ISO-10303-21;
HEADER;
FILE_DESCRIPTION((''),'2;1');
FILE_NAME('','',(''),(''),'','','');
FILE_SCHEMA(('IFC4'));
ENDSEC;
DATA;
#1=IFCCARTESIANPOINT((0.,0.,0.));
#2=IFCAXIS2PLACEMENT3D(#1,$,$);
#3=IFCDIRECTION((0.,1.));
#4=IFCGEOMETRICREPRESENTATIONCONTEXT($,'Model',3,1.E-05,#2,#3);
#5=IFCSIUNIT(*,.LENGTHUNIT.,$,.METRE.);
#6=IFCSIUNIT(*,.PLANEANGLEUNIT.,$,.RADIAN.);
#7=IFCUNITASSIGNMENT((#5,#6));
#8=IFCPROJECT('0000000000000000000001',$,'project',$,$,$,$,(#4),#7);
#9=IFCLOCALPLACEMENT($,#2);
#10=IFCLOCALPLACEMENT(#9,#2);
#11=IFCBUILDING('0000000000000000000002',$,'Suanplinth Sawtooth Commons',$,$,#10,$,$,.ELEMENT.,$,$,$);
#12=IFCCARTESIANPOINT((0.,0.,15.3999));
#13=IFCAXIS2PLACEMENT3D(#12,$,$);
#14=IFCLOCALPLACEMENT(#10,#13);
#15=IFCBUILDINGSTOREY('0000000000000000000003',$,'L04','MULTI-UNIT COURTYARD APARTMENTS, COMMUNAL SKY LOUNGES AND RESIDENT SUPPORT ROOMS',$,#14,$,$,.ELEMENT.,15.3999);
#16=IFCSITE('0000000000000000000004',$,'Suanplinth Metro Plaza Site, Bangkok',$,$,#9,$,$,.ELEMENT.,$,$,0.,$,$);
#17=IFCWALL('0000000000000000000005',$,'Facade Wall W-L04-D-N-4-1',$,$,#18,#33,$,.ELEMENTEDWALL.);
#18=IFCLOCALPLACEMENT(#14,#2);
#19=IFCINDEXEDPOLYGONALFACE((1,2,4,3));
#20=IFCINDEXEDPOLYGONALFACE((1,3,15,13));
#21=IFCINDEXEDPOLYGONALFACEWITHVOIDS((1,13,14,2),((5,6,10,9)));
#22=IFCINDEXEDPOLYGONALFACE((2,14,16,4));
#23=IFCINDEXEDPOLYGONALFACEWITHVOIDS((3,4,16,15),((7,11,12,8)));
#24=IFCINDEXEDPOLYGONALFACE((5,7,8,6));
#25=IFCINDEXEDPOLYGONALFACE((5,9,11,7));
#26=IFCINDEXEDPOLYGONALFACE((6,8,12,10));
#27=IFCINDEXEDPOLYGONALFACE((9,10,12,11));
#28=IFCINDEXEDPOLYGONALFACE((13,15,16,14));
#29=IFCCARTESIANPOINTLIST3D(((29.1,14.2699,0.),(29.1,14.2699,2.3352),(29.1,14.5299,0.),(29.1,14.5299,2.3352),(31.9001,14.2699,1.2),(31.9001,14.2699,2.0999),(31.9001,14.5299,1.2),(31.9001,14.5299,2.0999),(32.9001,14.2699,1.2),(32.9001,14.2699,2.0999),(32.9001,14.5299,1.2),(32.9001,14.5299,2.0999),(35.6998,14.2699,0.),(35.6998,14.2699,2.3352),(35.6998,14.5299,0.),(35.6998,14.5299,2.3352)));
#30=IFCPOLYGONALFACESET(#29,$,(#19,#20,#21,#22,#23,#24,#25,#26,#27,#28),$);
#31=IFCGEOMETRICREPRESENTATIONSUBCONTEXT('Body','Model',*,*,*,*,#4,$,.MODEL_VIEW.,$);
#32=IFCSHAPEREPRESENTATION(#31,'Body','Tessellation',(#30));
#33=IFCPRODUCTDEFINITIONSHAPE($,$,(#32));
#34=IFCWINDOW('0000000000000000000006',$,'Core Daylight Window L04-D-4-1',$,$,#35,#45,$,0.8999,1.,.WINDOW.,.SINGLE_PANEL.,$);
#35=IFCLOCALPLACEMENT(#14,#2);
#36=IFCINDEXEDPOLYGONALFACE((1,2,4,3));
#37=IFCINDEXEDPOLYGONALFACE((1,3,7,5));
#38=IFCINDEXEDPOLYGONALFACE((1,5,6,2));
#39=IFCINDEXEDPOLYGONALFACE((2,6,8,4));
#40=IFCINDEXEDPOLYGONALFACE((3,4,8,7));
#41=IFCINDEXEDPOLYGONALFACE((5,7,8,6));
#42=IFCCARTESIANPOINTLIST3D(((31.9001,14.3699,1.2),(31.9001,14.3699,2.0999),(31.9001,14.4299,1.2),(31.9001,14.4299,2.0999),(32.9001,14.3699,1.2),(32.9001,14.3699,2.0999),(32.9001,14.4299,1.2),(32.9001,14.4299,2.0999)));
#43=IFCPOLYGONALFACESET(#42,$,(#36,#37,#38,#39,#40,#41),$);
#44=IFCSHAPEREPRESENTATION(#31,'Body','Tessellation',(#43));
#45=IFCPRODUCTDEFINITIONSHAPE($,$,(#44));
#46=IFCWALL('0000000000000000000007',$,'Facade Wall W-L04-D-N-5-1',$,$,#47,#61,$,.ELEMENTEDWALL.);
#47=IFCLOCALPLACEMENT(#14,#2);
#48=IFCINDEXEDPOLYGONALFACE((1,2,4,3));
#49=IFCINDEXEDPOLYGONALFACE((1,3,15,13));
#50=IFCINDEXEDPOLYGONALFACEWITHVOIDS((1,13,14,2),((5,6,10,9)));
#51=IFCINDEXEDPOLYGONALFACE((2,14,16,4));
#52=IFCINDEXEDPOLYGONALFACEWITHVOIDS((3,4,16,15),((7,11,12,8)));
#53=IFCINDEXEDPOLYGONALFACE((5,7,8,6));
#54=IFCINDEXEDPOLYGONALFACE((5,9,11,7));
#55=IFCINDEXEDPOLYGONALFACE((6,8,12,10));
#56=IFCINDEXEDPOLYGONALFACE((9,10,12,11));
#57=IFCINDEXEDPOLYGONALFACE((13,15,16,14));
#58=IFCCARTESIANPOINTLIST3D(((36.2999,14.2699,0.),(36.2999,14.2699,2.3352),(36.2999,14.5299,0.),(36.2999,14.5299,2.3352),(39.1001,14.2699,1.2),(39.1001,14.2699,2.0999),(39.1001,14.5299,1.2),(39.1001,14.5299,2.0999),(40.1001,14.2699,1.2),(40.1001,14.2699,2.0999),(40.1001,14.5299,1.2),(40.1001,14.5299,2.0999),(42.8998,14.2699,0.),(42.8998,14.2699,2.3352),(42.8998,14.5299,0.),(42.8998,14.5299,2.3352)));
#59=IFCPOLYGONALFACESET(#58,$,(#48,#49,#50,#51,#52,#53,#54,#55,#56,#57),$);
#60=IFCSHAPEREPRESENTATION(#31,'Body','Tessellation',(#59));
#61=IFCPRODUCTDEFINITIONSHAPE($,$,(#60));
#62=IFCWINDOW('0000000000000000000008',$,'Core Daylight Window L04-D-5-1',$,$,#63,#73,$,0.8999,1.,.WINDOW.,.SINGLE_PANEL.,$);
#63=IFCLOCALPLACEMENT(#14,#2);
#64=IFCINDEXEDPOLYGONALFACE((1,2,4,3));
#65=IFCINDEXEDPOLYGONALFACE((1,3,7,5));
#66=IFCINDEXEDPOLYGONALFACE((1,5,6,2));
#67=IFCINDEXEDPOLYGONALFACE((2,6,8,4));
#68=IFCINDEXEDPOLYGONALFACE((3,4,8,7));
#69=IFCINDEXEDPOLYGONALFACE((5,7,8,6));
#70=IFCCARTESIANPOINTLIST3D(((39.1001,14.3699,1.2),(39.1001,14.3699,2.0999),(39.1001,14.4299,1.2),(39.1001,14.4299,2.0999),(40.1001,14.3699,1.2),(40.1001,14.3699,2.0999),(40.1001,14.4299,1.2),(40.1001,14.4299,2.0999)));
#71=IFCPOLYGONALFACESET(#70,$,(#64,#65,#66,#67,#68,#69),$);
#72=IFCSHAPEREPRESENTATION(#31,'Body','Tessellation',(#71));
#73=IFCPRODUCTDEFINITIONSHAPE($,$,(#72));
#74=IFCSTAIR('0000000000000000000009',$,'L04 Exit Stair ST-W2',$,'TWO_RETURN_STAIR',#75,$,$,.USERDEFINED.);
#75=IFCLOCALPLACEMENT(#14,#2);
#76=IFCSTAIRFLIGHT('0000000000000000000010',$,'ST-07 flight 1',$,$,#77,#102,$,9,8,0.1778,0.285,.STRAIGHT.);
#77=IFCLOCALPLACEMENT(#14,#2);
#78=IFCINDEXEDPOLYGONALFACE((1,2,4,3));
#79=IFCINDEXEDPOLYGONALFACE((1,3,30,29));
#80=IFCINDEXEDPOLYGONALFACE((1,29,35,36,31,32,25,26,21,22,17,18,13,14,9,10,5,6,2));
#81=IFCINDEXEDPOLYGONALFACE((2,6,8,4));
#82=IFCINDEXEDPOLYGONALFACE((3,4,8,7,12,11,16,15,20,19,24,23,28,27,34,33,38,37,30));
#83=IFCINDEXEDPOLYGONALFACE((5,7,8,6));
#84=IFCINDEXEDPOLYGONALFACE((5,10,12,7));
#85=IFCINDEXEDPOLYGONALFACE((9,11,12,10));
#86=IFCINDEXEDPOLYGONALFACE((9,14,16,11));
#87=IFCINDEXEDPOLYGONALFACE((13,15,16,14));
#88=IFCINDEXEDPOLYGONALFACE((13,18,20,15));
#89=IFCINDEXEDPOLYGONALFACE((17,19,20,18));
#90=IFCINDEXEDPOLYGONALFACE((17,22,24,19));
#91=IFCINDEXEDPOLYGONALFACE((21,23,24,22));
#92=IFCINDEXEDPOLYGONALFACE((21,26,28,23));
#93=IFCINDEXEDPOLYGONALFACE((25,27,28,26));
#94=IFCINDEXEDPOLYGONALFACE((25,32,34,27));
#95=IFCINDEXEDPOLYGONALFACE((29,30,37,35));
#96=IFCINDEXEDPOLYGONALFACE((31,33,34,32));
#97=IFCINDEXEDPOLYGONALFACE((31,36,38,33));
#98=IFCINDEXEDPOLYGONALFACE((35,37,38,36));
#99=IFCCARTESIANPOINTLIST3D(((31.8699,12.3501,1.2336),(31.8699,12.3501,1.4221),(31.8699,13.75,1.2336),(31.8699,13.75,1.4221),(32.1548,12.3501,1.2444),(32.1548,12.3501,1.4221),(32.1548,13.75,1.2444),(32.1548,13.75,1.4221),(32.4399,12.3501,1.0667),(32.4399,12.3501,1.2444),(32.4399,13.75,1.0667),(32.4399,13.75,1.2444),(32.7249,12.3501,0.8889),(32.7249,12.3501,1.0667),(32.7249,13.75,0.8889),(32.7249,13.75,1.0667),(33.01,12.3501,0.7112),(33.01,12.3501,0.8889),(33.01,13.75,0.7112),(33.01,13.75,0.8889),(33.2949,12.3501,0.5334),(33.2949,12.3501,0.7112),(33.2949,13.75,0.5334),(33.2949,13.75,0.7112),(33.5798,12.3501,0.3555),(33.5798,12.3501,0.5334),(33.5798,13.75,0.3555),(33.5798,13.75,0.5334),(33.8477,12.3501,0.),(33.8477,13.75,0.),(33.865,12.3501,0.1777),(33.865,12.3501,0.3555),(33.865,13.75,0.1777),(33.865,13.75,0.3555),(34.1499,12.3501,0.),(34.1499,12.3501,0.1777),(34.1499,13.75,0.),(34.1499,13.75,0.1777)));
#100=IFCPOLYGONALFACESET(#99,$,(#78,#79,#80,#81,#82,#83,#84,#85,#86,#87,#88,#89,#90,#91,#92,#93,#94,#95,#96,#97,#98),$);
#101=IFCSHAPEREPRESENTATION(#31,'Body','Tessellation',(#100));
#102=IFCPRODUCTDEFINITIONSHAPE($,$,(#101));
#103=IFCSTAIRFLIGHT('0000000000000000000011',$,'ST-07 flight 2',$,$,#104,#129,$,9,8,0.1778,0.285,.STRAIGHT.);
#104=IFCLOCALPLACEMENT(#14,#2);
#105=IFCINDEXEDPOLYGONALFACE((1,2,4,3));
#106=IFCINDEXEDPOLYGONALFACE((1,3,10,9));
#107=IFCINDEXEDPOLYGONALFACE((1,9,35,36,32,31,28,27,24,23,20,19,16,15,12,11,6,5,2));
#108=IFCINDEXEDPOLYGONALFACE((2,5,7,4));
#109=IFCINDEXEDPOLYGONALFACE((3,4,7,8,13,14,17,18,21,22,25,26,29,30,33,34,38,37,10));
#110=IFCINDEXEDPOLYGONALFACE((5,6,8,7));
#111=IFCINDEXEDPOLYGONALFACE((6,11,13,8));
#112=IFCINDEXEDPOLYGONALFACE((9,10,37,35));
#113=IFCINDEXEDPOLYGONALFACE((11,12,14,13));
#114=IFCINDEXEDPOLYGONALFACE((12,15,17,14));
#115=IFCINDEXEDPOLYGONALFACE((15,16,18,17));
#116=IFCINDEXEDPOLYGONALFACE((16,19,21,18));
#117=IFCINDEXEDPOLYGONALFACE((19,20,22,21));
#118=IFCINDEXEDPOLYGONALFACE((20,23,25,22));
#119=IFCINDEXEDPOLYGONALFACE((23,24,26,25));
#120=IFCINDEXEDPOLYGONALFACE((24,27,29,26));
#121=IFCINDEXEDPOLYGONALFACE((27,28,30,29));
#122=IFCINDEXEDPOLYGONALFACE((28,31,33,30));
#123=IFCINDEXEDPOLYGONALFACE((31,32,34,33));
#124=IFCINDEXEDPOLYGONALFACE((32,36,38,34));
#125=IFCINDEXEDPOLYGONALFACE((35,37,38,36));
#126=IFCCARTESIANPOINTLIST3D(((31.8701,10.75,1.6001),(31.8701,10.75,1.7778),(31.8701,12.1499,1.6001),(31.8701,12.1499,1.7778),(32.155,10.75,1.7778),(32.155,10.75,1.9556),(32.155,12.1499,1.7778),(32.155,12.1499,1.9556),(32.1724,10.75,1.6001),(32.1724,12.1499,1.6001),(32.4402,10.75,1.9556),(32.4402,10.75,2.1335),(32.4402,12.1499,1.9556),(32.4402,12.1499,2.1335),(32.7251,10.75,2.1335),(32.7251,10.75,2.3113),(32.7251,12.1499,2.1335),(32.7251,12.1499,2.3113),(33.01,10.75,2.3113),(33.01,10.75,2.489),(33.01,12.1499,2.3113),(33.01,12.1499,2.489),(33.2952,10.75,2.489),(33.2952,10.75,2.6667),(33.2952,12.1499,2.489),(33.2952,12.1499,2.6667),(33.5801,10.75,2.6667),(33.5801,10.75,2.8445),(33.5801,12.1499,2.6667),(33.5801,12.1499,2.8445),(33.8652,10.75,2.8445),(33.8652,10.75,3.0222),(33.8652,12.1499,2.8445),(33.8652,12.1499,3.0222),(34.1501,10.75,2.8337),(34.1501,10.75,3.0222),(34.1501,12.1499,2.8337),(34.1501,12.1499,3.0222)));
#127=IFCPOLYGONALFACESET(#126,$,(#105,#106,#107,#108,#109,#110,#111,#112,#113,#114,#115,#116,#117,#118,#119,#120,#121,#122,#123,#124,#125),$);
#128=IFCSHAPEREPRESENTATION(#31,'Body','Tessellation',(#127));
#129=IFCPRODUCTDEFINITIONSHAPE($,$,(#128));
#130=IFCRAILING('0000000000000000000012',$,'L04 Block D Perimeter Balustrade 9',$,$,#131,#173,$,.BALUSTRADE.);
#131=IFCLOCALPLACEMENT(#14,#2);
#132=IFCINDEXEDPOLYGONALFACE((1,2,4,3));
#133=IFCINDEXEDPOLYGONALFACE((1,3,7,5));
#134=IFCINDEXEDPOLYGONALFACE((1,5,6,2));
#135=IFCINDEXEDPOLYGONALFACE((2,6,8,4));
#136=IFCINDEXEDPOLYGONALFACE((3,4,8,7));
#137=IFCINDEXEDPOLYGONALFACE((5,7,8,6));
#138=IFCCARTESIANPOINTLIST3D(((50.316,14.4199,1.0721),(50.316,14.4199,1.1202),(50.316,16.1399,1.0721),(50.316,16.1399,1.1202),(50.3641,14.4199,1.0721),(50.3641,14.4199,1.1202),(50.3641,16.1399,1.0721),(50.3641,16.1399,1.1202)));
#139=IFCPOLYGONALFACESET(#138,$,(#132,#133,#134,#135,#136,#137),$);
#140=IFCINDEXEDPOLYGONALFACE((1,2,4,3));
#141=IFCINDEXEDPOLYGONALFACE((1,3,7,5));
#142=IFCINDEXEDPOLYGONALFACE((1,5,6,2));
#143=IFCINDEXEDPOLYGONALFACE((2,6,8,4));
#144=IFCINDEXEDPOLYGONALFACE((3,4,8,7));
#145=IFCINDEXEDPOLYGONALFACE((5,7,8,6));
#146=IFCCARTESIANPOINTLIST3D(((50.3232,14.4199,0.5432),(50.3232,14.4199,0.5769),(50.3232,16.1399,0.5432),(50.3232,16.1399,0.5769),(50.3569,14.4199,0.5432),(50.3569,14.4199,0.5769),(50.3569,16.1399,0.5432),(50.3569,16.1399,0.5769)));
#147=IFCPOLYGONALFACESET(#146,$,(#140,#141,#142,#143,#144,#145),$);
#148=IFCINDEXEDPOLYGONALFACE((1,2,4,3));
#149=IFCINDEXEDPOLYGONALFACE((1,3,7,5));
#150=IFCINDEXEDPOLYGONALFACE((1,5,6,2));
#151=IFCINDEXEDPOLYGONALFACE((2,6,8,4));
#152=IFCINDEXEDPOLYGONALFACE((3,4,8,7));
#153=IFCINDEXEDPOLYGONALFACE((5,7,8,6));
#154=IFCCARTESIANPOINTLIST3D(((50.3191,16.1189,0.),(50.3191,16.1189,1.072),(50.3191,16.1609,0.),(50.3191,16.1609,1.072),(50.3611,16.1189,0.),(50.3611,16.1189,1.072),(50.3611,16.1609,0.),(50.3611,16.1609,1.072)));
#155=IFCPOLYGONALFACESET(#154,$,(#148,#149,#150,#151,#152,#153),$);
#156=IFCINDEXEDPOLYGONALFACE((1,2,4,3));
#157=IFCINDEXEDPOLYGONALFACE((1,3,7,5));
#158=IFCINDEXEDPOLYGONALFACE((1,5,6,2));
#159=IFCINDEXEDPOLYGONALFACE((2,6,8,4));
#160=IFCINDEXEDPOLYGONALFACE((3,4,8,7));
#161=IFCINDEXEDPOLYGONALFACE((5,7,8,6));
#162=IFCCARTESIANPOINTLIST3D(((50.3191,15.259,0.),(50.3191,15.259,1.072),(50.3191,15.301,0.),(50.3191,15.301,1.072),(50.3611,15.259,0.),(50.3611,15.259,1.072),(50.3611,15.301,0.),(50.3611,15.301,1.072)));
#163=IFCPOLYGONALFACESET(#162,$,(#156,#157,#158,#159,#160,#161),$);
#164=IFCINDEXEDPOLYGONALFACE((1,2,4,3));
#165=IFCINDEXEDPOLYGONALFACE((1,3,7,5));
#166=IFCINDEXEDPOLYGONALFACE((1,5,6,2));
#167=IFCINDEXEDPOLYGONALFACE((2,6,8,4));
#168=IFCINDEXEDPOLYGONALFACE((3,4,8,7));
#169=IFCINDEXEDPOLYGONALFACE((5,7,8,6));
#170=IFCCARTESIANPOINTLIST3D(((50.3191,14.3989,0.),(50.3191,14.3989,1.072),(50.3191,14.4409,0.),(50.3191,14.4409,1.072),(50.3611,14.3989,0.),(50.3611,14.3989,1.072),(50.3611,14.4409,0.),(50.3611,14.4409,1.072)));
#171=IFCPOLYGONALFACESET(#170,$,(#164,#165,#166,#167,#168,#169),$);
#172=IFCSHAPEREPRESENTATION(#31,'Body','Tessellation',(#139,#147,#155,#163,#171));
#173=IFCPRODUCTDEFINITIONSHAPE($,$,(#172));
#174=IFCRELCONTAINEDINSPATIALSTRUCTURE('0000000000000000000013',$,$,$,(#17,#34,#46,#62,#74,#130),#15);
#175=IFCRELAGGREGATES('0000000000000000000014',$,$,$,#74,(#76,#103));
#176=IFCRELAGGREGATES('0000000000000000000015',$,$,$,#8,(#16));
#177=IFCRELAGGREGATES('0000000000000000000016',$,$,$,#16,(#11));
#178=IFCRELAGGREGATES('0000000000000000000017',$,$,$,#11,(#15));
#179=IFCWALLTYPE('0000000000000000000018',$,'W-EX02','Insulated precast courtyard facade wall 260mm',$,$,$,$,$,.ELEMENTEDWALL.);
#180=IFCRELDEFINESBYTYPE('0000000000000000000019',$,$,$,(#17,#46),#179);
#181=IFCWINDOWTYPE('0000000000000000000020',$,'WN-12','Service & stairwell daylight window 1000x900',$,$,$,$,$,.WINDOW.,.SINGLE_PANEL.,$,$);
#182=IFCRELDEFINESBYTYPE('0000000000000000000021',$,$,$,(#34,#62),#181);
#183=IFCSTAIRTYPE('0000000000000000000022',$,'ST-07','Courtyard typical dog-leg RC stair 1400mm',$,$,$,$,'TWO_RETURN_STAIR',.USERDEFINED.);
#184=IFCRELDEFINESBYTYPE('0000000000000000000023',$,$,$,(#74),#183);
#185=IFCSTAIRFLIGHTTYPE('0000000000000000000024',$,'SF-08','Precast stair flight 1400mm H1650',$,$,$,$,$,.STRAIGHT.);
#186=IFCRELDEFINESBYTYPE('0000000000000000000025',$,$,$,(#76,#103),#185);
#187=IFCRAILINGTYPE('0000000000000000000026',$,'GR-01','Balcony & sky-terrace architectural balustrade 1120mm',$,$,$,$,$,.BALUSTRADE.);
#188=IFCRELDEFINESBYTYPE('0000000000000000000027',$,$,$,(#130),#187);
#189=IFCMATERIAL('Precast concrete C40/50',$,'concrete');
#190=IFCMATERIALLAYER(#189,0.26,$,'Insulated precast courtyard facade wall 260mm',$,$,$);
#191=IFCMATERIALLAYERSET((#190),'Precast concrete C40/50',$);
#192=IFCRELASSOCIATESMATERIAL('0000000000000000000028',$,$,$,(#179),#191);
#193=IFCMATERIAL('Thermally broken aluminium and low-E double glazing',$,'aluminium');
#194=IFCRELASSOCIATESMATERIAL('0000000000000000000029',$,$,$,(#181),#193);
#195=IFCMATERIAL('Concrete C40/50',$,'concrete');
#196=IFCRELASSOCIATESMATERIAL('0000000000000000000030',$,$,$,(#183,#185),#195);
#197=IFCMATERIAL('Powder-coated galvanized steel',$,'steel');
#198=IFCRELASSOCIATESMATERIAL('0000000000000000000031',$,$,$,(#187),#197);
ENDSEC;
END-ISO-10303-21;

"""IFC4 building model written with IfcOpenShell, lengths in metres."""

from ifc_helpers import new_model, si_unit, direction, frame, frame_2d, origin, origin_2d, place, context, subcontext, project, spatial, polyline, rectangle, outline, extrude, material, layer, layer_set, type_object, element, fill, aggregate, save


model = new_model("IFC4")

# Units and contexts
model_context = context("Model", 3, precision=1e-05, world=origin(), true_north=direction((0.0, 1.0)))
body_context = subcontext(model_context, "Body", "Model", "MODEL_VIEW")
ifc_project = project(units=[si_unit("LENGTHUNIT", "METRE"), si_unit("PLANEANGLEUNIT", "RADIAN")], contexts=[model_context])

# Site, building, storey
site_placement = place(None, origin())
site = spatial("IfcSite", under=ifc_project, at=site_placement, Name="Suanplinth Metro Plaza Site, Bangkok", CompositionType="ELEMENT", RefElevation=0.0)
building_placement = place(site_placement, origin())
building = spatial("IfcBuilding", under=site, at=building_placement, Name="Suanplinth Sawtooth Commons", CompositionType="ELEMENT")
storey_placement = place(building_placement, frame((0.0, 0.0, 15.3999)))
storey = spatial("IfcBuildingStorey", under=building, at=storey_placement, Name="L04", Description="MULTI-UNIT COURTYARD APARTMENTS, COMMUNAL SKY LOUNGES AND RESIDENT SUPPORT ROOMS", CompositionType="ELEMENT", Elevation=15.3999)

# Shared definitions
ifc_material_1 = material(Name="Precast concrete C40/50", Category="concrete")

# Shared definitions
ifc_material_2 = material(Name="Concrete C40/50", Category="concrete")

# Walls, openings, windows
ifc_layer_1 = layer(ifc_material_1, 0.26, Name="Insulated precast courtyard facade wall 260mm")
ifc_layer_set_1 = layer_set([ifc_layer_1], Name="Precast concrete C40/50")
wall_type_1 = type_object("IfcWallType", Name="W-EX02", Description="Insulated precast courtyard facade wall 260mm", PredefinedType="ELEMENTEDWALL", material=ifc_layer_set_1)
wall_1_placement = place(storey_placement, frame((29.1001, 14.3999, 0.0), z_axis=(0.0, 0.0, 1.0), x_axis=(1.0, 0.0, 0.0)))
wall_1 = element("IfcWall", 1, at=wall_1_placement, inside=storey, type_object=wall_type_1, Name="Facade Wall W-L04-D-N-4-1", PredefinedType="ELEMENTEDWALL", context=body_context, shape_type="SweptSolid", body=[
    extrude(rectangle(XDim=6.5999, YDim=0.26, at=frame_2d((3.2998, 0.0))), origin(), (0.0, 0.0, 1.0), 2.3352),
])
opening_1_placement = place(wall_1_placement, frame((2.8, 0.0, 1.2)))
opening_1 = element("IfcOpeningElement", 2, at=opening_1_placement, cuts=wall_1, PredefinedType="OPENING", context=body_context, shape_type="SweptSolid", body=[
    extrude(rectangle(XDim=1.0, YDim=0.8999, at=frame_2d((0.5, 0.45))), frame((0.0, 0.145, 0.0), z_axis=(0.0, -1.0, 0.0), x_axis=(1.0, 0.0, 0.0)), (0.0, 0.0, 1.0), 0.2898),
])
ifc_material_3 = material(Name="Thermally broken aluminium and low-E double glazing", Category="aluminium")
window_type_1 = type_object("IfcWindowType", Name="WN-12", Description="Service & stairwell daylight window 1000x900", PartitioningType="SINGLE_PANEL", PredefinedType="WINDOW", material=ifc_material_3)
window_1_placement = place(opening_1_placement, origin())
window_1 = element("IfcWindow", 3, at=window_1_placement, inside=storey, type_object=window_type_1, Name="Core Daylight Window L04-D-4-1", OverallHeight=0.8999, OverallWidth=1.0, PartitioningType="SINGLE_PANEL", PredefinedType="WINDOW", context=body_context, shape_type="SweptSolid", body=[
    extrude(rectangle(XDim=1.0, YDim=0.8999, at=frame_2d((0.5, 0.45))), frame((0.0, 0.03, 0.0), z_axis=(0.0, -1.0, 0.0), x_axis=(1.0, 0.0, 0.0)), (0.0, 0.0, 1.0), 0.0601),
])
fill(opening_1, window_1)
wall_2_placement = place(storey_placement, frame((36.3, 14.3999, 0.0), z_axis=(0.0, 0.0, 1.0), x_axis=(1.0, 0.0, 0.0)))
wall_2 = element("IfcWall", 4, at=wall_2_placement, inside=storey, type_object=wall_type_1, Name="Facade Wall W-L04-D-N-5-1", PredefinedType="ELEMENTEDWALL", context=body_context, shape_type="SweptSolid", body=[
    extrude(rectangle(XDim=6.5999, YDim=0.26, at=frame_2d((3.2998, 0.0))), origin(), (0.0, 0.0, 1.0), 2.3352),
])
opening_2_placement = place(wall_2_placement, frame((2.8, 0.0, 1.2)))
opening_2 = element("IfcOpeningElement", 5, at=opening_2_placement, cuts=wall_2, PredefinedType="OPENING", context=body_context, shape_type="SweptSolid", body=[
    extrude(rectangle(XDim=1.0, YDim=0.8999, at=frame_2d((0.5, 0.45))), frame((0.0, 0.145, 0.0), z_axis=(0.0, -1.0, 0.0), x_axis=(1.0, 0.0, 0.0)), (0.0, 0.0, 1.0), 0.2898),
])
window_2_placement = place(opening_2_placement, origin())
window_2 = element("IfcWindow", 6, at=window_2_placement, inside=storey, type_object=window_type_1, Name="Core Daylight Window L04-D-5-1", OverallHeight=0.8999, OverallWidth=1.0, PartitioningType="SINGLE_PANEL", PredefinedType="WINDOW", context=body_context, shape_type="SweptSolid", body=[
    extrude(rectangle(XDim=1.0, YDim=0.8999, at=frame_2d((0.5, 0.45))), frame((0.0, 0.03, 0.0), z_axis=(0.0, -1.0, 0.0), x_axis=(1.0, 0.0, 0.0)), (0.0, 0.0, 1.0), 0.0601),
])
fill(opening_2, window_2)

# Stair, stair flights
stair_type = type_object("IfcStairType", Name="ST-07", Description="Courtyard typical dog-leg RC stair 1400mm", ElementType="TWO_RETURN_STAIR", PredefinedType="USERDEFINED", material=ifc_material_2)
stair_placement = place(storey_placement, origin())
stair = element("IfcStair", 7, at=stair_placement, inside=storey, type_object=stair_type, Name="L04 Exit Stair ST-W2", ObjectType="TWO_RETURN_STAIR", PredefinedType="USERDEFINED")
stair_flight_type = type_object("IfcStairFlightType", Name="SF-08", Description="Precast stair flight 1400mm H1650", PredefinedType="STRAIGHT", material=ifc_material_2)
stair_flight_1_placement = place(storey_placement, frame((34.1499, 13.05, 0.0), z_axis=(0.0, 0.0, 1.0), x_axis=(-1.0, 0.0, 0.0)))
stair_flight_1 = element("IfcStairFlight", 8, at=stair_flight_1_placement, type_object=stair_flight_type, Name="ST-07 flight 1", NumberOfRisers=9, NumberOfTreads=8, PredefinedType="STRAIGHT", RiserHeight=0.1778, TreadLength=0.285, context=body_context, shape_type="SweptSolid", body=[
    extrude(outline(polyline([(0.0, 0.0), (0.0, 0.1777), (0.2849, 0.1777), (0.2849, 0.3555), (0.5701, 0.3555), (0.5701, 0.5334), (0.855, 0.5334), (0.855, 0.7112), (1.1399, 0.7112), (1.1399, 0.8889), (1.425, 0.8889), (1.425, 1.0667), (1.71, 1.0667), (1.71, 1.2444), (1.9951, 1.2444), (1.9951, 1.4221), (2.28, 1.4221), (2.28, 1.6001), (2.28, 1.2336), (0.3022, 0.0), (0.0, 0.0)])), frame((0.0, 0.7, 0.0), z_axis=(0.0, -1.0, 0.0), x_axis=(1.0, 0.0, 0.0)), (0.0, 0.0, 1.0), 1.3999),
])
stair_flight_2_placement = place(storey_placement, frame((31.8701, 11.45, 1.6001), z_axis=(0.0, 0.0, 1.0), x_axis=(1.0, 0.0, 0.0)))
stair_flight_2 = element("IfcStairFlight", 9, at=stair_flight_2_placement, type_object=stair_flight_type, Name="ST-07 flight 2", NumberOfRisers=9, NumberOfTreads=8, PredefinedType="STRAIGHT", RiserHeight=0.1778, TreadLength=0.285, context=body_context, shape_type="SweptSolid", body=[
    extrude(outline(polyline([(0.0, 0.0), (0.0, 0.1777), (0.2849, 0.1777), (0.2849, 0.3555), (0.5701, 0.3555), (0.5701, 0.5334), (0.855, 0.5334), (0.855, 0.7112), (1.1399, 0.7112), (1.1399, 0.8889), (1.425, 0.8889), (1.425, 1.0667), (1.71, 1.0667), (1.71, 1.2444), (1.9951, 1.2444), (1.9951, 1.4221), (2.28, 1.4221), (2.28, 1.6001), (2.28, 1.2336), (0.3022, 0.0), (0.0, 0.0)])), frame((0.0, 0.7, 0.0), z_axis=(0.0, -1.0, 0.0), x_axis=(1.0, 0.0, 0.0)), (0.0, 0.0, 1.0), 1.3999),
])
aggregate(stair, [stair_flight_1, stair_flight_2])

# Railing
ifc_material_4 = material(Name="Powder-coated galvanized steel", Category="steel")
railing_type_1 = type_object("IfcRailingType", Name="GR-01", Description="Balcony & sky-terrace architectural balustrade 1120mm", PredefinedType="BALUSTRADE", material=ifc_material_4)
railing_1_placement = place(storey_placement, frame((50.3401, 16.1399, 0.0)))
element("IfcRailing", 10, at=railing_1_placement, inside=storey, type_object=railing_type_1, Name="L04 Block D Perimeter Balustrade 9", PredefinedType="BALUSTRADE", context=body_context, shape_type="SweptSolid", body=[
    extrude(rectangle(XDim=0.0481, YDim=0.0481, at=origin_2d()), frame((0.0, 0.0, 1.0962), z_axis=(0.0, -1.0, 0.0), x_axis=(1.0, 0.0, 0.0)), (0.0, 0.0, 1.0), 1.72),
    extrude(rectangle(XDim=0.0337, YDim=0.0337, at=origin_2d()), frame((0.0, 0.0, 0.5601), z_axis=(0.0, -1.0, 0.0), x_axis=(1.0, 0.0, 0.0)), (0.0, 0.0, 1.0), 1.72),
    extrude(rectangle(XDim=0.042, YDim=0.042, at=origin_2d()), origin(), (0.0, 0.0, 1.0), 1.072),
    extrude(rectangle(XDim=0.042, YDim=0.042, at=origin_2d()), frame((0.0, -0.8599, 0.0)), (0.0, 0.0, 1.0), 1.072),
    extrude(rectangle(XDim=0.042, YDim=0.042, at=origin_2d()), frame((0.0, -1.72, 0.0)), (0.0, 0.0, 1.0), 1.072),
])

save(model, "model.ifc")
